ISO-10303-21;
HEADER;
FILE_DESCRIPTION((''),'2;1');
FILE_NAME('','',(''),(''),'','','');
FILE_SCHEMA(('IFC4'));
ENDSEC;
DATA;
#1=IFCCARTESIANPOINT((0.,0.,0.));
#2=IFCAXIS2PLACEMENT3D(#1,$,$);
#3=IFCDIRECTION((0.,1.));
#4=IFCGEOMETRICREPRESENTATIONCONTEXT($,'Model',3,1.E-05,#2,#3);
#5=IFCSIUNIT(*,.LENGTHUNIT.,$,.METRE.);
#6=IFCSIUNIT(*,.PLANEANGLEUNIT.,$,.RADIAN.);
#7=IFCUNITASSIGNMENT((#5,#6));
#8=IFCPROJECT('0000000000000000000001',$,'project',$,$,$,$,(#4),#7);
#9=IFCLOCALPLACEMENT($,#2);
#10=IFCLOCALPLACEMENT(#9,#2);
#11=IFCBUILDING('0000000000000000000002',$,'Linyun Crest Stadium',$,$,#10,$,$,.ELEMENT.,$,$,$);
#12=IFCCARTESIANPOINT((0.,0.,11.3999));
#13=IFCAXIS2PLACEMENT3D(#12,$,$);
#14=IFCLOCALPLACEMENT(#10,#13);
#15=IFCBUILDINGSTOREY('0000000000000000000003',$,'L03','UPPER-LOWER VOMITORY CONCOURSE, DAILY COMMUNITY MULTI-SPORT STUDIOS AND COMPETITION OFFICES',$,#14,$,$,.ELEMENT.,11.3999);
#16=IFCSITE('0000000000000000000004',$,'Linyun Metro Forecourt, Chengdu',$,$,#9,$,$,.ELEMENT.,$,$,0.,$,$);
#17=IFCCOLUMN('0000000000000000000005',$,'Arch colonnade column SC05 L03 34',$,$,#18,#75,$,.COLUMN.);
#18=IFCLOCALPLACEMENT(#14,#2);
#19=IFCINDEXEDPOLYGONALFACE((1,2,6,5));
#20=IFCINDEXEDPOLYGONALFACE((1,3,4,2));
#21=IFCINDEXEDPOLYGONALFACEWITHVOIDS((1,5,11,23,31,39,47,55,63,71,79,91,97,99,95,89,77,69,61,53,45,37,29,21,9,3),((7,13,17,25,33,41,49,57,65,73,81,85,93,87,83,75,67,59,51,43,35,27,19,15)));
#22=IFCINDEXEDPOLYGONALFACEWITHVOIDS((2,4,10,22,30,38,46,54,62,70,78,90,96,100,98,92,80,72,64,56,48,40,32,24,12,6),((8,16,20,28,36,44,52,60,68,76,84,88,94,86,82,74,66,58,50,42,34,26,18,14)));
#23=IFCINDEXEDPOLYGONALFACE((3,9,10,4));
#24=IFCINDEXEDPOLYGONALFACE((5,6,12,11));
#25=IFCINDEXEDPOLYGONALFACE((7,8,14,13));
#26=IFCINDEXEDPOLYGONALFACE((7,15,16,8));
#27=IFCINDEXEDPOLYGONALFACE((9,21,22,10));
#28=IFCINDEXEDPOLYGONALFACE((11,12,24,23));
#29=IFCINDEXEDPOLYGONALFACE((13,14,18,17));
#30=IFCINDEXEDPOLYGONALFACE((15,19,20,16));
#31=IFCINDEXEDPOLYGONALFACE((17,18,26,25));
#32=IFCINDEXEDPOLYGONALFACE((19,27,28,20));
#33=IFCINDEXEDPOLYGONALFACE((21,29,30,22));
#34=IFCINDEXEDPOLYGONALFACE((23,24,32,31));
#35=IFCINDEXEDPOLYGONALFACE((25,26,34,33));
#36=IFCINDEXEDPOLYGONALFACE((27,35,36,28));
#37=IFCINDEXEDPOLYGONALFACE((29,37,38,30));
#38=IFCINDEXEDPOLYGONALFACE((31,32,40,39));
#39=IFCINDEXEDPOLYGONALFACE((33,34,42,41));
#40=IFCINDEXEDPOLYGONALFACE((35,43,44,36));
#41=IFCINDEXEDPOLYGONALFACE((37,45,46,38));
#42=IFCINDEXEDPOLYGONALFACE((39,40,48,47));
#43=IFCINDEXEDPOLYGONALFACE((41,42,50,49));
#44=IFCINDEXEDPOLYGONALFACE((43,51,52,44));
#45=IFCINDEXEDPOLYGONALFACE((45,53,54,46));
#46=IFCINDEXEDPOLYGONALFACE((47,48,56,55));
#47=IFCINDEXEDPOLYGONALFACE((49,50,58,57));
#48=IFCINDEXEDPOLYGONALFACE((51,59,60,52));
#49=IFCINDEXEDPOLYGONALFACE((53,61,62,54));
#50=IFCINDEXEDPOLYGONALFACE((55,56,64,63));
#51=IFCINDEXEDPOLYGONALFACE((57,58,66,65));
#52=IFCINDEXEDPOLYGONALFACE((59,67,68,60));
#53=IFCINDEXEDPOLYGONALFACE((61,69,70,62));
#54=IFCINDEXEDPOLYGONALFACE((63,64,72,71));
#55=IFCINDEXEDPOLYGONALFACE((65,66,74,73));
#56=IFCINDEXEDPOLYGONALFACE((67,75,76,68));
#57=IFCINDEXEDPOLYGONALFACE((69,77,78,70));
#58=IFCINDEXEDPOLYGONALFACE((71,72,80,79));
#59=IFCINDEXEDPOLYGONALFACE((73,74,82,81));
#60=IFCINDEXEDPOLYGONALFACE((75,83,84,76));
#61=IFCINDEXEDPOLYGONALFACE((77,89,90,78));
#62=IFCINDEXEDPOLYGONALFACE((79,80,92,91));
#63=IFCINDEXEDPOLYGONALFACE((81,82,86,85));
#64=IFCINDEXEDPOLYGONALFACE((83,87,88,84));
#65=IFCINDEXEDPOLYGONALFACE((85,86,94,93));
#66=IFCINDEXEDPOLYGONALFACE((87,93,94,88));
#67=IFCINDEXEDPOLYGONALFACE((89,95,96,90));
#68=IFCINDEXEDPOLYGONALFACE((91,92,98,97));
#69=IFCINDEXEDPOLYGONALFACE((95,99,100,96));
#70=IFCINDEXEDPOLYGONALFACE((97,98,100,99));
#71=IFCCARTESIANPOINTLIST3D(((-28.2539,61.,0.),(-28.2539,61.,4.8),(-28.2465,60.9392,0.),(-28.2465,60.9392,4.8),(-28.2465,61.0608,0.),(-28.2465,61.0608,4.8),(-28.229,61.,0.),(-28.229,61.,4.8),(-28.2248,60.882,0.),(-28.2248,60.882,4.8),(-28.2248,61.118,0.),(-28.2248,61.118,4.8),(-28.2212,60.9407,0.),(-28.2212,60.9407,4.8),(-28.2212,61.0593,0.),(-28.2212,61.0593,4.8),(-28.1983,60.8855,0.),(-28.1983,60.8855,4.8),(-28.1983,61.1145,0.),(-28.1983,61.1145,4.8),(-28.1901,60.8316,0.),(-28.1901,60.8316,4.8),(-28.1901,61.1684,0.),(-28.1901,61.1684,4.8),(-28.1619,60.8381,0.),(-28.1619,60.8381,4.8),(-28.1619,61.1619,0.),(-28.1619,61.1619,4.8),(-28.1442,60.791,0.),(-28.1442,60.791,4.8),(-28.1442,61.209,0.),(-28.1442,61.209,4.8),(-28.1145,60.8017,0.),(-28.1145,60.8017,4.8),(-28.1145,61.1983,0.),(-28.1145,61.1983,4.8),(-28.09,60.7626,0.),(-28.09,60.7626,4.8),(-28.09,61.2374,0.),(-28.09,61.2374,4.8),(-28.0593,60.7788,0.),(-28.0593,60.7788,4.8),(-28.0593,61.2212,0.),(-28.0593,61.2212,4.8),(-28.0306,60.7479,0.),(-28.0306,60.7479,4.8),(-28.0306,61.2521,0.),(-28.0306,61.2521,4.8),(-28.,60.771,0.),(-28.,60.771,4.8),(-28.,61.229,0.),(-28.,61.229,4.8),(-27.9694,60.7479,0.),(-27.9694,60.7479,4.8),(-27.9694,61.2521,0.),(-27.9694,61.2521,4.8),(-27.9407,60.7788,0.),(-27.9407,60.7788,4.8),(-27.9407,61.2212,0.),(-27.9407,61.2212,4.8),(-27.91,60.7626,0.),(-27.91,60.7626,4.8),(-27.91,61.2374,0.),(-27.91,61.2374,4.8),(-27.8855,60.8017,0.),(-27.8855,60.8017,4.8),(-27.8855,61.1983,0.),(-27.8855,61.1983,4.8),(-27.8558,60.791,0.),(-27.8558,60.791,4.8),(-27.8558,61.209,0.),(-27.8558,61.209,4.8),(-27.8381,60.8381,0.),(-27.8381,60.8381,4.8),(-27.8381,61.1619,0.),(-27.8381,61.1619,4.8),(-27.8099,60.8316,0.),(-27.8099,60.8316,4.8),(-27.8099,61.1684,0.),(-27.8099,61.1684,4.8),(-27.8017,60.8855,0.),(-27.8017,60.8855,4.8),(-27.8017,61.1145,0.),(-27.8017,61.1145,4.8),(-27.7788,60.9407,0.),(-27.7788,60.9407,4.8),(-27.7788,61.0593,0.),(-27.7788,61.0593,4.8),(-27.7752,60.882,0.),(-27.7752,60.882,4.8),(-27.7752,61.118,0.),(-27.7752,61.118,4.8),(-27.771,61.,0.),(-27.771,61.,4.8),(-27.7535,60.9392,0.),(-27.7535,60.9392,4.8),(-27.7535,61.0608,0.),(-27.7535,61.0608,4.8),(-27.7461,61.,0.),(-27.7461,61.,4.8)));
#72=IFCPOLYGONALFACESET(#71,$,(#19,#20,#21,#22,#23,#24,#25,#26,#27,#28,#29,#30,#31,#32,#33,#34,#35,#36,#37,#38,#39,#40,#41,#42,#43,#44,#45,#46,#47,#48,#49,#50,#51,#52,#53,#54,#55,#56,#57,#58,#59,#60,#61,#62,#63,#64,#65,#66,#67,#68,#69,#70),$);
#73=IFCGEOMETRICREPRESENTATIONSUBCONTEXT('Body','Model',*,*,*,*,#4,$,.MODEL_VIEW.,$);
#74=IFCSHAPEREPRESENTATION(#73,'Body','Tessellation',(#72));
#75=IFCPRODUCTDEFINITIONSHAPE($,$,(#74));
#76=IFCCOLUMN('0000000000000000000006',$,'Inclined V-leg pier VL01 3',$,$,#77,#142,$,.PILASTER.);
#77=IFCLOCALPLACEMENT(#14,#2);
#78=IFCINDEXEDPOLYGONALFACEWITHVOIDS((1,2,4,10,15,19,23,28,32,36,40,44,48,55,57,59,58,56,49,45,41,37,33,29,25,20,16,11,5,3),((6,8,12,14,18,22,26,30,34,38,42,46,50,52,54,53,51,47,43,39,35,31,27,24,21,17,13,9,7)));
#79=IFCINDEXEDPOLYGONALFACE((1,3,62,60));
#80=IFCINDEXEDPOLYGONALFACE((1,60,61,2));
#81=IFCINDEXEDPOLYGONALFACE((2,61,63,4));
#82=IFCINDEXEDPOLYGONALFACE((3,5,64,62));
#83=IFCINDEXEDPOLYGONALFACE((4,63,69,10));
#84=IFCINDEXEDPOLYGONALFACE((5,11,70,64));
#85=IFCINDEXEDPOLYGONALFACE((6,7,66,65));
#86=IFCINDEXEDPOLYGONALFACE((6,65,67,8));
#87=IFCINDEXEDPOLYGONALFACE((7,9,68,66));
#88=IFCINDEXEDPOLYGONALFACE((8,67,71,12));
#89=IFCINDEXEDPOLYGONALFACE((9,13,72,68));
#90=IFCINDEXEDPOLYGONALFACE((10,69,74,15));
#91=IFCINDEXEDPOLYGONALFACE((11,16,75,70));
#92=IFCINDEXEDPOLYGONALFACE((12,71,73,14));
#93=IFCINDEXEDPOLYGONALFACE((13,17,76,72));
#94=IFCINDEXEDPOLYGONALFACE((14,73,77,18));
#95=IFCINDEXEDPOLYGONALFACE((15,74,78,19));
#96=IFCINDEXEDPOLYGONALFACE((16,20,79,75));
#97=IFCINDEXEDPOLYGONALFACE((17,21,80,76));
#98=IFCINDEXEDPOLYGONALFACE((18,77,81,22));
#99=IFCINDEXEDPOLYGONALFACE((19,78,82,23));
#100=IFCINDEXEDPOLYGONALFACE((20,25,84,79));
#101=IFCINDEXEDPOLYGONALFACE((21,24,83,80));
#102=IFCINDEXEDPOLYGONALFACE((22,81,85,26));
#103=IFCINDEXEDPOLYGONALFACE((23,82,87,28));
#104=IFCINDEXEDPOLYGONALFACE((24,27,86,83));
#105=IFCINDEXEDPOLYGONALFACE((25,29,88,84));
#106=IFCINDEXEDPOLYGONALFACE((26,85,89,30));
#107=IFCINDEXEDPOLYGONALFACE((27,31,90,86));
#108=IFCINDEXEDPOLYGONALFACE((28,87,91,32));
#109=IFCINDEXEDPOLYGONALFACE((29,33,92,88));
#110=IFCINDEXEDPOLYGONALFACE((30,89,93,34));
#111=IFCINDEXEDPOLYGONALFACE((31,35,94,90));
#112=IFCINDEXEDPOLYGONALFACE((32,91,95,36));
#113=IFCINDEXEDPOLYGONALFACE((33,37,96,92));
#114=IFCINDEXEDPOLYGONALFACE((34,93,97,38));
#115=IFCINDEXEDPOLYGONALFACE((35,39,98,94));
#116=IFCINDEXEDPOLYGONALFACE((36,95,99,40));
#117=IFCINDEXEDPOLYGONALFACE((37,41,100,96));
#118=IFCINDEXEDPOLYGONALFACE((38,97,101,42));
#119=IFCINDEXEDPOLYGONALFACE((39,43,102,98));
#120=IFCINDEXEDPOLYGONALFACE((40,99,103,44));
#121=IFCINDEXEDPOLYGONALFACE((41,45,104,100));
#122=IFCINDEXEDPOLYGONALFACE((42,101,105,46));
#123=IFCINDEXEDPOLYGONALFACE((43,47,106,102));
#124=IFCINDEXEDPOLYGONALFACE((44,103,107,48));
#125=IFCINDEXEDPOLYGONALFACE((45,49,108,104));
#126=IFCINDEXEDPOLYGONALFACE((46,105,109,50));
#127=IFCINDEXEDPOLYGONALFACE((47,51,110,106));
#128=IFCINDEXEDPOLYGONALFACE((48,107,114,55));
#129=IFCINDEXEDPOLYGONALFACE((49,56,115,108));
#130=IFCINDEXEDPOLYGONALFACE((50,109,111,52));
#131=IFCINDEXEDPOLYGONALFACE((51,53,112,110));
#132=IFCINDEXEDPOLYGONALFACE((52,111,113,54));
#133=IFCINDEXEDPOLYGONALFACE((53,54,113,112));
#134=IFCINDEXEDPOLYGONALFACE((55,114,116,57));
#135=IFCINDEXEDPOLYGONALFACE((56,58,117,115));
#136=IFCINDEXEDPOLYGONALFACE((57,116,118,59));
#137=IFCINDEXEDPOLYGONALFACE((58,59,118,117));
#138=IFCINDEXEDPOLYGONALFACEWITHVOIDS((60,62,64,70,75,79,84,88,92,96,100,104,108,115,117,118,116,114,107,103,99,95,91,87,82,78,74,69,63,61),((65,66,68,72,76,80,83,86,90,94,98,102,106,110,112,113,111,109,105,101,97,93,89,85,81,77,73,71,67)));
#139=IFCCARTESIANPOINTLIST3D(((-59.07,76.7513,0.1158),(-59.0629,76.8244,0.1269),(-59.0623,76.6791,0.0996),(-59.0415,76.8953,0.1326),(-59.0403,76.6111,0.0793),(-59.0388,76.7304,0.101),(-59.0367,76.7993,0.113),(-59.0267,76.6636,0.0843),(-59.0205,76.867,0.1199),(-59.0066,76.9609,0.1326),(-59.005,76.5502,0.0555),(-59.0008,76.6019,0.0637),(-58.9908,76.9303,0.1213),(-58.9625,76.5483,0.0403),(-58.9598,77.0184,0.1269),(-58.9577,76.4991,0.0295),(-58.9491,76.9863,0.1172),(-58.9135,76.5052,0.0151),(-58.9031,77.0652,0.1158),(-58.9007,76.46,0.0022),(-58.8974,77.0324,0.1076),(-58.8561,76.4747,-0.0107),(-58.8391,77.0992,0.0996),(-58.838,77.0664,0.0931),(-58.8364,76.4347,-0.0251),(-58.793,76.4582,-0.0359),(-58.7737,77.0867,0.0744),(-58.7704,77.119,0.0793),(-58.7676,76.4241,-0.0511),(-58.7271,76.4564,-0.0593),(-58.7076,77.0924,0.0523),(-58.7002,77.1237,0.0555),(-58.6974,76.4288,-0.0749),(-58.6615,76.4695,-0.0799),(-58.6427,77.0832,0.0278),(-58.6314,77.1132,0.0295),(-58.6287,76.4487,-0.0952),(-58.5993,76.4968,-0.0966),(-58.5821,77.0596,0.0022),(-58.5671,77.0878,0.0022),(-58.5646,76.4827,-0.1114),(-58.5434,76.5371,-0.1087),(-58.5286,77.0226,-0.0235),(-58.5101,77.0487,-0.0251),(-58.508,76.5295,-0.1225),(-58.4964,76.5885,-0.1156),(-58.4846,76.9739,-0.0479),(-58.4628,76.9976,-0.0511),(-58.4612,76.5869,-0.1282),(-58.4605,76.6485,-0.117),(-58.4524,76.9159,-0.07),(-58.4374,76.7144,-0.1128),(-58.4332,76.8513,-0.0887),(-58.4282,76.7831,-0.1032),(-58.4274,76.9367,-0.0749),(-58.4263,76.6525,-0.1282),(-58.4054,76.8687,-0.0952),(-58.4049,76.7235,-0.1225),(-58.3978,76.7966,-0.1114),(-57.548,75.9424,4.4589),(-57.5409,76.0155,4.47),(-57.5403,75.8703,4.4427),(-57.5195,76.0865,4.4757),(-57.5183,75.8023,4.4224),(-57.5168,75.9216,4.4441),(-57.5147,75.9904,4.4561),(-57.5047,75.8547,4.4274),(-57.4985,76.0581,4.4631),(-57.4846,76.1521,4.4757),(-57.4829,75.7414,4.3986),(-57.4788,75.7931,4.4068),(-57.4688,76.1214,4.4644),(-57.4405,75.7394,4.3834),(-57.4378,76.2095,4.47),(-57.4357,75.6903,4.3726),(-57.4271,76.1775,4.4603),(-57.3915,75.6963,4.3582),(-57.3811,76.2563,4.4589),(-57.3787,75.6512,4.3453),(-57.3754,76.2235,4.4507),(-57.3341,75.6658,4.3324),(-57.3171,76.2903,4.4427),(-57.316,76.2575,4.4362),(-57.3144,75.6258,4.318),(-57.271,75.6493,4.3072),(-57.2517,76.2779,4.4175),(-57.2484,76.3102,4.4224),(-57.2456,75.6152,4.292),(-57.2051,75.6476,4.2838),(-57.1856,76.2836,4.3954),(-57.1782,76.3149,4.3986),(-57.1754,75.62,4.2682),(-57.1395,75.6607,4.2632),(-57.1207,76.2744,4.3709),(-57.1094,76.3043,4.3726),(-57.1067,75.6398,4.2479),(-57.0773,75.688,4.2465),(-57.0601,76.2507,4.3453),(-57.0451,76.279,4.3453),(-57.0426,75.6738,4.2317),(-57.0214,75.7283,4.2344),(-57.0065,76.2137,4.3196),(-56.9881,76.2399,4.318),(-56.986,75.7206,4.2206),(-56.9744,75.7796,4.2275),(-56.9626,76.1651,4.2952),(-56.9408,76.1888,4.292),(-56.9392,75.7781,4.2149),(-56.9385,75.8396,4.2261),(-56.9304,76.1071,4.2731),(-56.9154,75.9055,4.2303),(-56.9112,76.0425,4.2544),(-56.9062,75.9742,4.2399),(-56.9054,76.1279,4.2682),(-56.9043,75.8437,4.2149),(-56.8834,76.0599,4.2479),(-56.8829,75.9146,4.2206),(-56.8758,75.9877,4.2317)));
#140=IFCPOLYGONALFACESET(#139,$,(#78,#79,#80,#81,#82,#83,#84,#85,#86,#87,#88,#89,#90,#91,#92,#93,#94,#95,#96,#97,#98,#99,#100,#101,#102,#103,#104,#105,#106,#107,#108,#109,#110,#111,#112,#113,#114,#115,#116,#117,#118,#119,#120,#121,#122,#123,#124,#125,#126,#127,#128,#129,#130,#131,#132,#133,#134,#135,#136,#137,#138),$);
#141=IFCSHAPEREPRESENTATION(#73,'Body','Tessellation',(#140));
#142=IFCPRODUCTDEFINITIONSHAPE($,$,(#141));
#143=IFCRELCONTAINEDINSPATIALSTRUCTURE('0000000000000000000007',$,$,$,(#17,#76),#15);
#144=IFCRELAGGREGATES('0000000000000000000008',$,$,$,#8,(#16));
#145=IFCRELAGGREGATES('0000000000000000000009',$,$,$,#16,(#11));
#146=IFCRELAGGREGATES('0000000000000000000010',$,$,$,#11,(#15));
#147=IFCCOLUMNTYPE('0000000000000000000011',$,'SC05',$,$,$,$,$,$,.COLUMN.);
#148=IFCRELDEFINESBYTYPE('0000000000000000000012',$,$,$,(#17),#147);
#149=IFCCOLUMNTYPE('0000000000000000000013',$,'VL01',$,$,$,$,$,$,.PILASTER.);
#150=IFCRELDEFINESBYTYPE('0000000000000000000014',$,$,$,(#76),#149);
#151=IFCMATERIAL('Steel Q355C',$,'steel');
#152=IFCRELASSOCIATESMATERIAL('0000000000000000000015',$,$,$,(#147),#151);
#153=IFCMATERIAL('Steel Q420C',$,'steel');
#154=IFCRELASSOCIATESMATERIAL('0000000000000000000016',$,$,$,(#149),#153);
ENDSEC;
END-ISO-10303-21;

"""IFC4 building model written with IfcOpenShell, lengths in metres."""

from ifc_helpers import new_model, si_unit, direction, frame, origin, origin_2d, place, context, subcontext, project, spatial, hollow_circle, extrude, material, material_profile, profile_set, type_object, element, save


model = new_model("IFC4")

# Units and contexts
model_context = context("Model", 3, precision=1e-05, world=origin(), true_north=direction((0.0, 1.0)))
body_context = subcontext(model_context, "Body", "Model", "MODEL_VIEW")
ifc_project = project(units=[si_unit("LENGTHUNIT", "METRE"), si_unit("PLANEANGLEUNIT", "RADIAN")], contexts=[model_context])

# Site, building, storey
site_placement = place(None, origin())
site = spatial("IfcSite", under=ifc_project, at=site_placement, Name="Linyun Metro Forecourt, Chengdu", CompositionType="ELEMENT", RefElevation=0.0)
building_placement = place(site_placement, origin())
building = spatial("IfcBuilding", under=site, at=building_placement, Name="Linyun Crest Stadium", CompositionType="ELEMENT")
storey_placement = place(building_placement, frame((0.0, 0.0, 11.3999)))
storey = spatial("IfcBuildingStorey", under=building, at=storey_placement, Name="L03", Description="UPPER-LOWER VOMITORY CONCOURSE, DAILY COMMUNITY MULTI-SPORT STUDIOS AND COMPETITION OFFICES", CompositionType="ELEMENT", Elevation=11.3999)

# Columns
ifc_material_1 = material(Name="Steel Q355C", Category="steel")
ifc_material_profile_1 = material_profile(ifc_material_1, hollow_circle(Radius=0.2539, WallThickness=0.0249, at=origin_2d()), Name="CHS 508x25")
ifc_profile_set_1 = profile_set([ifc_material_profile_1], Name="Steel Q355C")
column_type_1 = type_object("IfcColumnType", Name="SC05", PredefinedType="COLUMN", material=ifc_profile_set_1)
column_1_placement = place(storey_placement, frame((-28.0, 61.0, 0.0), z_axis=(0.0, 0.0, 1.0), x_axis=(1.0, 0.0, 0.0)))
element("IfcColumn", 1, at=column_1_placement, inside=storey, type_object=column_type_1, Name="Arch colonnade column SC05 L03 34", PredefinedType="COLUMN", context=body_context, shape_type="SweptSolid", body=[
    extrude(hollow_circle(Radius=0.2539, WallThickness=0.0249, at=origin_2d()), origin(), (0.0, 0.0, 1.0), 4.8),
])
ifc_material_2 = material(Name="Steel Q420C", Category="steel")
ifc_material_profile_2 = material_profile(ifc_material_2, hollow_circle(Radius=0.3555, WallThickness=0.032, at=origin_2d()), Name="CHS 711x32")
ifc_profile_set_2 = profile_set([ifc_material_profile_2], Name="Steel Q420C")
column_type_2 = type_object("IfcColumnType", Name="VL01", PredefinedType="PILASTER", material=ifc_profile_set_2)
column_2_placement = place(storey_placement, frame((-58.7339, 76.7739, 0.0022), z_axis=(0.325729, -0.173105, 0.929481), x_axis=(0.469286, 0.883046, 0.0)))
element("IfcColumn", 2, at=column_2_placement, inside=storey, type_object=column_type_2, Name="Inclined V-leg pier VL01 3", PredefinedType="PILASTER", context=body_context, shape_type="SweptSolid", body=[
    extrude(hollow_circle(Radius=0.3555, WallThickness=0.032, at=origin_2d()), origin(), (0.0, 0.0, 1.0), 4.6726),
])

save(model, "model.ifc")
